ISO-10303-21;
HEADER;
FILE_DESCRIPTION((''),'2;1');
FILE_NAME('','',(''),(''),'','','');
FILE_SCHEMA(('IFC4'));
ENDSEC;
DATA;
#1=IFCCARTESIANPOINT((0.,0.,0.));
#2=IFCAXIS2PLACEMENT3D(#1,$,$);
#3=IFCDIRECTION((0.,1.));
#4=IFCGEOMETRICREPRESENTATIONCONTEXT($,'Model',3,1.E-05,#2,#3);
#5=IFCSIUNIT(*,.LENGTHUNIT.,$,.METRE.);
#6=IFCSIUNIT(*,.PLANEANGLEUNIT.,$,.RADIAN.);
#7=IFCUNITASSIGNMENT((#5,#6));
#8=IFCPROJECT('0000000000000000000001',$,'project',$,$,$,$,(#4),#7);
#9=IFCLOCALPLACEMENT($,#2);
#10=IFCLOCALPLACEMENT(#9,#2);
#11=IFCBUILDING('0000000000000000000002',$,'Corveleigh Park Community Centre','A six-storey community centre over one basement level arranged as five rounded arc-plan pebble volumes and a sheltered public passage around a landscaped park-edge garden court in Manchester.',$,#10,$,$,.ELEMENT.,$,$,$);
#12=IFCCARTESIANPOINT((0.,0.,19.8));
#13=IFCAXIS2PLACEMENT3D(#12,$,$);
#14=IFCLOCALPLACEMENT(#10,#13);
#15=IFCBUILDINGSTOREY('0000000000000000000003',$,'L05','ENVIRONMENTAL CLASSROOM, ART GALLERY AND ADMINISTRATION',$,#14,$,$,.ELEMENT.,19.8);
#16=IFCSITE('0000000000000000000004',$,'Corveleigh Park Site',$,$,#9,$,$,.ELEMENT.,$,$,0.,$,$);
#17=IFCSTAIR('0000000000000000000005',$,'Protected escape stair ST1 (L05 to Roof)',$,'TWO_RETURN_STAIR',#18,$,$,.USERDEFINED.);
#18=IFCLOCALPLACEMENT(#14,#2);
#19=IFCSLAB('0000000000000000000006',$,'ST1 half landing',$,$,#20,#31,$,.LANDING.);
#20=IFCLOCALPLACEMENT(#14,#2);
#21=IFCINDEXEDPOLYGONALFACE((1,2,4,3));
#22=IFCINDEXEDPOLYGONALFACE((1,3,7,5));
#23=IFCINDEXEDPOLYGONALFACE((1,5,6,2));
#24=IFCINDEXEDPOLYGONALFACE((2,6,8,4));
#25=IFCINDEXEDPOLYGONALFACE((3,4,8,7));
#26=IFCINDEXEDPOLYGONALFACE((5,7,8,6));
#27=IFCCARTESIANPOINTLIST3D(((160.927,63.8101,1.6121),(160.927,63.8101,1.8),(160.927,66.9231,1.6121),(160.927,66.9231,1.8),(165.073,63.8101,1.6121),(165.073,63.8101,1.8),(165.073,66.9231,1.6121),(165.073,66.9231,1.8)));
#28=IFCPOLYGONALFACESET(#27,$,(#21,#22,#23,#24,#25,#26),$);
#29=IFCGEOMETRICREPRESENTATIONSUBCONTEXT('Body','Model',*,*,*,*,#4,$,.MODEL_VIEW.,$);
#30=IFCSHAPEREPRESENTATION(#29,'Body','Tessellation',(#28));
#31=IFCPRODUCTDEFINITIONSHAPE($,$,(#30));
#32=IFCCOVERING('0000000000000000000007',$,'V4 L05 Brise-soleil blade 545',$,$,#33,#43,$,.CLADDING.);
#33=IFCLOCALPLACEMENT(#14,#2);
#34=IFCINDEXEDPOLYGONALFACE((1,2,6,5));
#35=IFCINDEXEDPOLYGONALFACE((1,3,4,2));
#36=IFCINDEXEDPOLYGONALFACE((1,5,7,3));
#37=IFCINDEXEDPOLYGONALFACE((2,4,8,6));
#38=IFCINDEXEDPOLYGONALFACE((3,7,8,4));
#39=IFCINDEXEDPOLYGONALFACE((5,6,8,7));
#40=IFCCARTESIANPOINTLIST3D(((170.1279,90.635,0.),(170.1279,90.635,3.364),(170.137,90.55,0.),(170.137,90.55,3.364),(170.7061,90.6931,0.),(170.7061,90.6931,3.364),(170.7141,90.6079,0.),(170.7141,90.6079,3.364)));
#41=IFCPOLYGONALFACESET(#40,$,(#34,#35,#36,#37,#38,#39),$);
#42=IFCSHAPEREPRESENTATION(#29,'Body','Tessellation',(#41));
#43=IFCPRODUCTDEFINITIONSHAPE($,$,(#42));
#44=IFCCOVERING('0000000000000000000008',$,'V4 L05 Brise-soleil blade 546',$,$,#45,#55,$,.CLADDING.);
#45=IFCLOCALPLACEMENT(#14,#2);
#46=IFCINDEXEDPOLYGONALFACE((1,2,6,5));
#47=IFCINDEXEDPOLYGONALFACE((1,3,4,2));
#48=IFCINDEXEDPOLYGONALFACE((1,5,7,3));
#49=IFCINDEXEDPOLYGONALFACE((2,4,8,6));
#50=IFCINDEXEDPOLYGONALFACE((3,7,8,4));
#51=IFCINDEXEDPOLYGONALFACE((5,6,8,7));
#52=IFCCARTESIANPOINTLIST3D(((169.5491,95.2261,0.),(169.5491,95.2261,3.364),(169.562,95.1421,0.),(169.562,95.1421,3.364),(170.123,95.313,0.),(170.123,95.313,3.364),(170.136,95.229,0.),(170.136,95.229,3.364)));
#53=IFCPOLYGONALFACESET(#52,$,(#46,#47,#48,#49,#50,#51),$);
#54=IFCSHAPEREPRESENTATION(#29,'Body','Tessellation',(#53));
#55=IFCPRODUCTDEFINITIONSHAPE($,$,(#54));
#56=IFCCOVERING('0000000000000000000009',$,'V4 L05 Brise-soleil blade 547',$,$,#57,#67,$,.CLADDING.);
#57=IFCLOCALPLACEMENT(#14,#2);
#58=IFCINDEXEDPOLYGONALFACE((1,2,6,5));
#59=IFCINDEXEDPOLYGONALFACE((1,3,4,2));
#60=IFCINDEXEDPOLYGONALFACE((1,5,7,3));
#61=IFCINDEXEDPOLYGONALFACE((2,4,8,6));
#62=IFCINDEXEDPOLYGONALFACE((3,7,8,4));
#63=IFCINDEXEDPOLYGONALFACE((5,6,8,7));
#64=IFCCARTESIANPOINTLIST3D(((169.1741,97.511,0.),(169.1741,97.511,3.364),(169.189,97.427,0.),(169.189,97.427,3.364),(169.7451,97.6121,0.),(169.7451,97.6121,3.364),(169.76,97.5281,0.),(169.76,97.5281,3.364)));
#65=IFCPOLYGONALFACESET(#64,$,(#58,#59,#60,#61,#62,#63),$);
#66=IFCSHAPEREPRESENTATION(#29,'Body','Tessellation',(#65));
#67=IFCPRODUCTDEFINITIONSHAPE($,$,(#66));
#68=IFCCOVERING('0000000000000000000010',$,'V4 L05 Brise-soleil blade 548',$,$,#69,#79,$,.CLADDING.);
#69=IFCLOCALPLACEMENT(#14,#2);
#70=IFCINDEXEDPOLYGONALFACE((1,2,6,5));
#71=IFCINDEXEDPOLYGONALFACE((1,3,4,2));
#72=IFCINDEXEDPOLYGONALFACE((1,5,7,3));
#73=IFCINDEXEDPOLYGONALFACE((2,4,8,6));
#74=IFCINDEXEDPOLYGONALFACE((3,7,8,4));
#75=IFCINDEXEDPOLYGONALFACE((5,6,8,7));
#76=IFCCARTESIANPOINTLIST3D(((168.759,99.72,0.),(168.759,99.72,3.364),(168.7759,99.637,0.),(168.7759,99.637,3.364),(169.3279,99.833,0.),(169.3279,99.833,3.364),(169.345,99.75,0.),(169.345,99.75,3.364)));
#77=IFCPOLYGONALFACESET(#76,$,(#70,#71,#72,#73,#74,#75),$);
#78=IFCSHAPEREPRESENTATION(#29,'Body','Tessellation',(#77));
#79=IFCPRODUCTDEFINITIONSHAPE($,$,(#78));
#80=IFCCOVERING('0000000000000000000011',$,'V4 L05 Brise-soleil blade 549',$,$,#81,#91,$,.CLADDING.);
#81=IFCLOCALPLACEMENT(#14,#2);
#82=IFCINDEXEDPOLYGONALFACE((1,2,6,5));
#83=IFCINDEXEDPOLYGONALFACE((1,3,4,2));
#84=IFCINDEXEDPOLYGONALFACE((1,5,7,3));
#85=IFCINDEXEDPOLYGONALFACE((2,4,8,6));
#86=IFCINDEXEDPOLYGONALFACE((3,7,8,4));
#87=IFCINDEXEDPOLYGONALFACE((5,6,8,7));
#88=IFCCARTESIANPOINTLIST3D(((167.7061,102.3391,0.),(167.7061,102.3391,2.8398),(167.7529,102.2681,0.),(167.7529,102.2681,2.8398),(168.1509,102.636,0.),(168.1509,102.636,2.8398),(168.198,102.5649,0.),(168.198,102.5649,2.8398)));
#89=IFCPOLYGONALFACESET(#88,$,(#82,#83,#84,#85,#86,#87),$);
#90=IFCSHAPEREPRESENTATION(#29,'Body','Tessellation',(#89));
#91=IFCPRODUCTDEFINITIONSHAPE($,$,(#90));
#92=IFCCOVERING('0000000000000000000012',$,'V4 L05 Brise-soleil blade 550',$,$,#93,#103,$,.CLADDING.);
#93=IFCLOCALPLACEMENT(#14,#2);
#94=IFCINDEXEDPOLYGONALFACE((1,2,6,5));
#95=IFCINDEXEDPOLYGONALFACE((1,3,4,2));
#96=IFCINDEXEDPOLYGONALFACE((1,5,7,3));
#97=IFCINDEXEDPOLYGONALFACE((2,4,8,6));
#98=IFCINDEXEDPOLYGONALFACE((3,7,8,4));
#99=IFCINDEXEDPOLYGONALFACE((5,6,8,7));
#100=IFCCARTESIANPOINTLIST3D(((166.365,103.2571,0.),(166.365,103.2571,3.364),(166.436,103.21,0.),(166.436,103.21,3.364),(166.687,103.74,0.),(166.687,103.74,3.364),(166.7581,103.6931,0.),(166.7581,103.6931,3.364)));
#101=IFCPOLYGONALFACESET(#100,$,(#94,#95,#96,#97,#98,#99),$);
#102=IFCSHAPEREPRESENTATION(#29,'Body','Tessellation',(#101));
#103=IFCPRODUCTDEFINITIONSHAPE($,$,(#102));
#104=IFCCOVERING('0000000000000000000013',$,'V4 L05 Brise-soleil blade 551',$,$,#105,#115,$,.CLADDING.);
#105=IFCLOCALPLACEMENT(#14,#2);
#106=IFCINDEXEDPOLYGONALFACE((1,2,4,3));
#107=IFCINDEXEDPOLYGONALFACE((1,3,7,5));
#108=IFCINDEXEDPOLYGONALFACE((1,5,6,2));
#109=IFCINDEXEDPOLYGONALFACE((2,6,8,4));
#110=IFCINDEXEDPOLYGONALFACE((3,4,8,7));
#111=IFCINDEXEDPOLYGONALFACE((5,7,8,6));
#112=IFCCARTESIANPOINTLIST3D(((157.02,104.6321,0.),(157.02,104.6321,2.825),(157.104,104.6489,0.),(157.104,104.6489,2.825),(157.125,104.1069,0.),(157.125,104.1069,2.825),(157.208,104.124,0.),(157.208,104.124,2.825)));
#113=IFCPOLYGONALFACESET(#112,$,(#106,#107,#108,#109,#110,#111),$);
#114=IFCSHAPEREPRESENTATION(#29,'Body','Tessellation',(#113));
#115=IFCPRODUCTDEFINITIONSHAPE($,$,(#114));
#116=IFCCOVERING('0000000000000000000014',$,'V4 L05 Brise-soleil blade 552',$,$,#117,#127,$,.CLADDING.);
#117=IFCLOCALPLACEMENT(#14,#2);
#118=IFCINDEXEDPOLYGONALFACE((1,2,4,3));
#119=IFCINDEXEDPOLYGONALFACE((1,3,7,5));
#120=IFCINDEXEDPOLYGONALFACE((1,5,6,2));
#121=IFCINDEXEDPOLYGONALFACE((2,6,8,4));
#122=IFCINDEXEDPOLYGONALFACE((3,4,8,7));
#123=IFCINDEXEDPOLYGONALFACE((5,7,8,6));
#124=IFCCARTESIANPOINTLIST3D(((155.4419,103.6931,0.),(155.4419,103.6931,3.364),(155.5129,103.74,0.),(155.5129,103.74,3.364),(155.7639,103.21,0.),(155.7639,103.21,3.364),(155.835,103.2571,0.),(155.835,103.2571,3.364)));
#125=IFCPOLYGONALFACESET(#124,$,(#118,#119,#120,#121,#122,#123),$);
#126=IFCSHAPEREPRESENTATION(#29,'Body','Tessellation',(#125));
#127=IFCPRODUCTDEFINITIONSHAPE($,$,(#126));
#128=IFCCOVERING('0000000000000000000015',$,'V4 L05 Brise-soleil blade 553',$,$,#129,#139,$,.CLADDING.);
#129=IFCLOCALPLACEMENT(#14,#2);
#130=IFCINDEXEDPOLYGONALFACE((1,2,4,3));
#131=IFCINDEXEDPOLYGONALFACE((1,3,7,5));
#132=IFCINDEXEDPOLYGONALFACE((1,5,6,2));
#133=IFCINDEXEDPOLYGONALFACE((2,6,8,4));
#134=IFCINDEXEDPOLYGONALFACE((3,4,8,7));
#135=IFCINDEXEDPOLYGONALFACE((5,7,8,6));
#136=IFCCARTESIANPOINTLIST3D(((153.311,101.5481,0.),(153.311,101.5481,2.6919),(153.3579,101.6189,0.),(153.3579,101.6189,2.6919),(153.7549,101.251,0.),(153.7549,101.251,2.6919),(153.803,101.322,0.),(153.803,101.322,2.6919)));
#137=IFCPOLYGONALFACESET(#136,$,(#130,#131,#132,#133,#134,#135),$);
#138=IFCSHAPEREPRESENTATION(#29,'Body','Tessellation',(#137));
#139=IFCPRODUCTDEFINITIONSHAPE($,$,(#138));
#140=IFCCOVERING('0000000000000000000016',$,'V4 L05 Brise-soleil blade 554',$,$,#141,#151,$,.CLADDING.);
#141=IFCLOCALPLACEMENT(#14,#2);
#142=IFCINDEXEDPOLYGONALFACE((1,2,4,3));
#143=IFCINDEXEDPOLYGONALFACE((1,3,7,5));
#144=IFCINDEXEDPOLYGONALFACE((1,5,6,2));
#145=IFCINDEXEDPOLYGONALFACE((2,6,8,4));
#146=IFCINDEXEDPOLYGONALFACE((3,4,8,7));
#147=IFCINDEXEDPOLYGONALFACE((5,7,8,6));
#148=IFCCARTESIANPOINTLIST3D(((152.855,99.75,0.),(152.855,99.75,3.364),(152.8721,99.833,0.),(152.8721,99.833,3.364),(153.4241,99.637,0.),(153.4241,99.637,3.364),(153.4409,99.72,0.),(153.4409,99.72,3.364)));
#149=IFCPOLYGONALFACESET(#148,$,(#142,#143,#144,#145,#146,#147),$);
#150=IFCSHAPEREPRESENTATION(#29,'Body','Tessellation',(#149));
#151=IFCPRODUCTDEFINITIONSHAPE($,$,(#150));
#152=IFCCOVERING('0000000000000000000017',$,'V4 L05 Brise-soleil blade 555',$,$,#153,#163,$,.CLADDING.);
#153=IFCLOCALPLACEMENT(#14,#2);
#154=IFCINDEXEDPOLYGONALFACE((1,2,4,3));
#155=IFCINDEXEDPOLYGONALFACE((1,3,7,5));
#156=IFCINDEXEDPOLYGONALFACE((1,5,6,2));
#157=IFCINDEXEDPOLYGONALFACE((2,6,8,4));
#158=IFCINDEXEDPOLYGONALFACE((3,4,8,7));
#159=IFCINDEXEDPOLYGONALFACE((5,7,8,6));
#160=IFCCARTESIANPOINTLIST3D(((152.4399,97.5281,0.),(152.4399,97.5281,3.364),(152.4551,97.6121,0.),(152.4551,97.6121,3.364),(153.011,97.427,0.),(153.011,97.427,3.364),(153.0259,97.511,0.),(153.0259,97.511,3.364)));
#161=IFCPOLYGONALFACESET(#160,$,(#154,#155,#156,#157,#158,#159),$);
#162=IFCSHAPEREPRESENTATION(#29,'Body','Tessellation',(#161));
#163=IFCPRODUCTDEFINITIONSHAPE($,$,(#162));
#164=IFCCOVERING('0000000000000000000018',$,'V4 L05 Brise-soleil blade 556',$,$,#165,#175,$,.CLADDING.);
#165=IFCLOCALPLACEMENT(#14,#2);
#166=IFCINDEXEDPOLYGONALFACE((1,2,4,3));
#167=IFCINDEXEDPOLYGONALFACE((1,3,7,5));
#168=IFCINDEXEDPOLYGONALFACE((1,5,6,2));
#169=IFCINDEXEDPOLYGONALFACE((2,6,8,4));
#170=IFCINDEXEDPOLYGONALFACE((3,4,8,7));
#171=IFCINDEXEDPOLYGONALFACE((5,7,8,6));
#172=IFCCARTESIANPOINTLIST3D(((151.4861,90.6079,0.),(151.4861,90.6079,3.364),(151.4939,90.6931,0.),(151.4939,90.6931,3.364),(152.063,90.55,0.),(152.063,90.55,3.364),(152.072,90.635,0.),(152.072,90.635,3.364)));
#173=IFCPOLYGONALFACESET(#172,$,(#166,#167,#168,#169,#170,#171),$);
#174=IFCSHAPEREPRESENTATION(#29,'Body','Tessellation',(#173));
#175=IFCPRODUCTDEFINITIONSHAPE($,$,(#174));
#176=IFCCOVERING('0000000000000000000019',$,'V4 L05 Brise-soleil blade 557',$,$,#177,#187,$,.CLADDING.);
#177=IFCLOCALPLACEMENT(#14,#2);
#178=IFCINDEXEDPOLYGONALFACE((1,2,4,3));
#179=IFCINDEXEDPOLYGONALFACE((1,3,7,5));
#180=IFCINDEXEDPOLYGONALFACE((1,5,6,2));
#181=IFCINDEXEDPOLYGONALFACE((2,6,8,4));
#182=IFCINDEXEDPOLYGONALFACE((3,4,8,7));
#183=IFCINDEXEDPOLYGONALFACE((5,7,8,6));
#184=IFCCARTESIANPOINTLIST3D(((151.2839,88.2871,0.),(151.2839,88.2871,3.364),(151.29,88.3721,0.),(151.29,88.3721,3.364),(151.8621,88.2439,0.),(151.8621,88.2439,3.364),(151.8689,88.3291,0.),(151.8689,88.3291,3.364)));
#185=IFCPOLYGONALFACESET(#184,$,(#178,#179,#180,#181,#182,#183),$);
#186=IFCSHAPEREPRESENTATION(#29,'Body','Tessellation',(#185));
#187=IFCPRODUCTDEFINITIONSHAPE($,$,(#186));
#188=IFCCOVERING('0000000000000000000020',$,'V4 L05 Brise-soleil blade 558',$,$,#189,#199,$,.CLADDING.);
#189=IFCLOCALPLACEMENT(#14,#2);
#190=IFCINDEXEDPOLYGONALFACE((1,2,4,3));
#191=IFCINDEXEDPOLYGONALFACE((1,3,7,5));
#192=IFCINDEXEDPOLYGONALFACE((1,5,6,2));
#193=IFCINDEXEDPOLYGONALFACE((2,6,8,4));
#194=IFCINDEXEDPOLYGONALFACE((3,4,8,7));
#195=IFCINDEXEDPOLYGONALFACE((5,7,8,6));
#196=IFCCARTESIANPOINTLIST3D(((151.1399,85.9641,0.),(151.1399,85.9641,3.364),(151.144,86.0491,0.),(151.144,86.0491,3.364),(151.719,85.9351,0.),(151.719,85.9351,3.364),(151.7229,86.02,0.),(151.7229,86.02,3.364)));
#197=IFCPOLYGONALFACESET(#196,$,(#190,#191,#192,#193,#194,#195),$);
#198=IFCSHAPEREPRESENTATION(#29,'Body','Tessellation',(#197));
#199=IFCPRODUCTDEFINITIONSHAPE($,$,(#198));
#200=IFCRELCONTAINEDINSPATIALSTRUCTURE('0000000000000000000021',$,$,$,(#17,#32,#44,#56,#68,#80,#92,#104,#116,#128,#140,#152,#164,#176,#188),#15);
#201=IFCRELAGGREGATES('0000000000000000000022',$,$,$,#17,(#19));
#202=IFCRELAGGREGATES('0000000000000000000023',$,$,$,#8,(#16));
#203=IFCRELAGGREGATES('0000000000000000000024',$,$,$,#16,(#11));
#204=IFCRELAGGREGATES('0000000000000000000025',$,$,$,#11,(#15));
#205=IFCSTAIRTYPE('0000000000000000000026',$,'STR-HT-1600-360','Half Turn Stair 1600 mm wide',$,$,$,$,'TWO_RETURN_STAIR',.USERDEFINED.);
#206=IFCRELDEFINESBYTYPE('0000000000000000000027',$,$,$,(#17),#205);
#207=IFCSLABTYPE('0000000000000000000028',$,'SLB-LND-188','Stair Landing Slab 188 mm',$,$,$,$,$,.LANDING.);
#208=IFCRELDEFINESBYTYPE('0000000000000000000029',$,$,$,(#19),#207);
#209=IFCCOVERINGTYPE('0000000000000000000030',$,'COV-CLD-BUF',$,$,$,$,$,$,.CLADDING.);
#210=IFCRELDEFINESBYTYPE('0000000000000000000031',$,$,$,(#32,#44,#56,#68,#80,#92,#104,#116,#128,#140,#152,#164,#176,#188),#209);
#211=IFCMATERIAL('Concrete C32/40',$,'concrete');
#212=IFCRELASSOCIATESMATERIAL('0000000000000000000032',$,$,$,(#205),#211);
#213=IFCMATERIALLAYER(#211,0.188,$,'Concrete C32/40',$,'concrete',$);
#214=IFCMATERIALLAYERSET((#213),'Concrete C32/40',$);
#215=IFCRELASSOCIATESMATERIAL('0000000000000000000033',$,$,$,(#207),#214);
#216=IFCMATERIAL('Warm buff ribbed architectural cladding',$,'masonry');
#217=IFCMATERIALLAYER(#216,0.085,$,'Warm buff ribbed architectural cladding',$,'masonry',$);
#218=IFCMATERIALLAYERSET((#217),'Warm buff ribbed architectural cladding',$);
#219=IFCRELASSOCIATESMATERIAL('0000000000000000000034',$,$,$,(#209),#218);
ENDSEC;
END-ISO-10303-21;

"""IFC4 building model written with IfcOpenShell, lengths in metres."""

from ifc_helpers import new_model, si_unit, direction, frame, origin, place, context, subcontext, project, spatial, polyline, outline, extrude, material, layer, layer_set, type_object, element, aggregate, save


model = new_model("IFC4")

# Units and contexts
model_context = context("Model", 3, precision=1e-05, world=origin(), true_north=direction((0.0, 1.0)))
body_context = subcontext(model_context, "Body", "Model", "MODEL_VIEW")
ifc_project = project(units=[si_unit("LENGTHUNIT", "METRE"), si_unit("PLANEANGLEUNIT", "RADIAN")], contexts=[model_context])

# Site, building, storey
site_placement = place(None, origin())
site = spatial("IfcSite", under=ifc_project, at=site_placement, Name="Corveleigh Park Site", CompositionType="ELEMENT", RefElevation=0.0)
building_placement = place(site_placement, origin())
building = spatial("IfcBuilding", under=site, at=building_placement, Name="Corveleigh Park Community Centre", Description="A six-storey community centre over one basement level arranged as five rounded arc-plan pebble volumes and a sheltered public passage around a landscaped park-edge garden court in Manchester.", CompositionType="ELEMENT")
storey_placement = place(building_placement, frame((0.0, 0.0, 19.8)))
storey = spatial("IfcBuildingStorey", under=building, at=storey_placement, Name="L05", Description="ENVIRONMENTAL CLASSROOM, ART GALLERY AND ADMINISTRATION", CompositionType="ELEMENT", Elevation=19.8)

# Stair, slab
ifc_material_1 = material(Name="Concrete C32/40", Category="concrete")
stair_type = type_object("IfcStairType", Name="STR-HT-1600-360", Description="Half Turn Stair 1600 mm wide", ElementType="TWO_RETURN_STAIR", PredefinedType="USERDEFINED", material=ifc_material_1)
stair_placement = place(storey_placement, origin())
stair = element("IfcStair", 1, at=stair_placement, inside=storey, type_object=stair_type, Name="Protected escape stair ST1 (L05 to Roof)", ObjectType="TWO_RETURN_STAIR", PredefinedType="USERDEFINED")
ifc_layer_1 = layer(ifc_material_1, 0.188, Name="Concrete C32/40", Category="concrete")
ifc_layer_set_1 = layer_set([ifc_layer_1], Name="Concrete C32/40")
slab_type = type_object("IfcSlabType", Name="SLB-LND-188", Description="Stair Landing Slab 188 mm", PredefinedType="LANDING", material=ifc_layer_set_1)
slab_placement = place(storey_placement, frame((0.0, 0.0, 1.6121)))
slab = element("IfcSlab", 2, at=slab_placement, type_object=slab_type, Name="ST1 half landing", PredefinedType="LANDING", context=body_context, shape_type="SweptSolid", body=[
    extrude(outline(polyline([(160.927, 63.8101), (165.073, 63.8101), (165.073, 66.9231), (160.927, 66.9231), (160.927, 63.8101)])), origin(), (0.0, 0.0, 1.0), 0.188),
])
aggregate(stair, [slab])

# Coverings
ifc_material_2 = material(Name="Warm buff ribbed architectural cladding", Category="masonry")
ifc_layer_2 = layer(ifc_material_2, 0.085, Name="Warm buff ribbed architectural cladding", Category="masonry")
ifc_layer_set_2 = layer_set([ifc_layer_2], Name="Warm buff ribbed architectural cladding")
covering_type_1 = type_object("IfcCoveringType", Name="COV-CLD-BUF", PredefinedType="CLADDING", material=ifc_layer_set_2)
covering_1_placement = place(storey_placement, origin())
element("IfcCovering", 3, at=covering_1_placement, inside=storey, type_object=covering_type_1, Name="V4 L05 Brise-soleil blade 545", PredefinedType="CLADDING", context=body_context, shape_type="SweptSolid", body=[
    extrude(outline(polyline([(170.1279, 90.635), (170.137, 90.55), (170.7141, 90.6079), (170.7061, 90.6931), (170.1279, 90.635)])), origin(), (0.0, 0.0, 1.0), 3.364),
])
covering_2_placement = place(storey_placement, origin())
element("IfcCovering", 4, at=covering_2_placement, inside=storey, type_object=covering_type_1, Name="V4 L05 Brise-soleil blade 546", PredefinedType="CLADDING", context=body_context, shape_type="SweptSolid", body=[
    extrude(outline(polyline([(169.5491, 95.2261), (169.562, 95.1421), (170.136, 95.229), (170.123, 95.313), (169.5491, 95.2261)])), origin(), (0.0, 0.0, 1.0), 3.364),
])
covering_3_placement = place(storey_placement, origin())
element("IfcCovering", 5, at=covering_3_placement, inside=storey, type_object=covering_type_1, Name="V4 L05 Brise-soleil blade 547", PredefinedType="CLADDING", context=body_context, shape_type="SweptSolid", body=[
    extrude(outline(polyline([(169.1741, 97.511), (169.189, 97.427), (169.76, 97.5281), (169.7451, 97.6121), (169.1741, 97.511)])), origin(), (0.0, 0.0, 1.0), 3.364),
])
covering_4_placement = place(storey_placement, origin())
element("IfcCovering", 6, at=covering_4_placement, inside=storey, type_object=covering_type_1, Name="V4 L05 Brise-soleil blade 548", PredefinedType="CLADDING", context=body_context, shape_type="SweptSolid", body=[
    extrude(outline(polyline([(168.759, 99.72), (168.7759, 99.637), (169.345, 99.75), (169.3279, 99.833), (168.759, 99.72)])), origin(), (0.0, 0.0, 1.0), 3.364),
])
covering_5_placement = place(storey_placement, origin())
element("IfcCovering", 7, at=covering_5_placement, inside=storey, type_object=covering_type_1, Name="V4 L05 Brise-soleil blade 549", PredefinedType="CLADDING", context=body_context, shape_type="SweptSolid", body=[
    extrude(outline(polyline([(167.7061, 102.3391), (167.7529, 102.2681), (168.198, 102.5649), (168.1509, 102.636), (167.7061, 102.3391)])), origin(), (0.0, 0.0, 1.0), 2.8398),
])
covering_6_placement = place(storey_placement, origin())
element("IfcCovering", 8, at=covering_6_placement, inside=storey, type_object=covering_type_1, Name="V4 L05 Brise-soleil blade 550", PredefinedType="CLADDING", context=body_context, shape_type="SweptSolid", body=[
    extrude(outline(polyline([(166.365, 103.2571), (166.436, 103.21), (166.7581, 103.6931), (166.687, 103.74), (166.365, 103.2571)])), origin(), (0.0, 0.0, 1.0), 3.364),
])
covering_7_placement = place(storey_placement, origin())
element("IfcCovering", 9, at=covering_7_placement, inside=storey, type_object=covering_type_1, Name="V4 L05 Brise-soleil blade 551", PredefinedType="CLADDING", context=body_context, shape_type="SweptSolid", body=[
    extrude(outline(polyline([(157.125, 104.1069), (157.208, 104.124), (157.104, 104.6489), (157.02, 104.6321), (157.125, 104.1069)])), origin(), (0.0, 0.0, 1.0), 2.825),
])
covering_8_placement = place(storey_placement, origin())
element("IfcCovering", 10, at=covering_8_placement, inside=storey, type_object=covering_type_1, Name="V4 L05 Brise-soleil blade 552", PredefinedType="CLADDING", context=body_context, shape_type="SweptSolid", body=[
    extrude(outline(polyline([(155.7639, 103.21), (155.835, 103.2571), (155.5129, 103.74), (155.4419, 103.6931), (155.7639, 103.21)])), origin(), (0.0, 0.0, 1.0), 3.364),
])
covering_9_placement = place(storey_placement, origin())
element("IfcCovering", 11, at=covering_9_placement, inside=storey, type_object=covering_type_1, Name="V4 L05 Brise-soleil blade 553", PredefinedType="CLADDING", context=body_context, shape_type="SweptSolid", body=[
    extrude(outline(polyline([(153.7549, 101.251), (153.803, 101.322), (153.3579, 101.6189), (153.311, 101.5481), (153.7549, 101.251)])), origin(), (0.0, 0.0, 1.0), 2.6919),
])
covering_10_placement = place(storey_placement, origin())
element("IfcCovering", 12, at=covering_10_placement, inside=storey, type_object=covering_type_1, Name="V4 L05 Brise-soleil blade 554", PredefinedType="CLADDING", context=body_context, shape_type="SweptSolid", body=[
    extrude(outline(polyline([(153.4241, 99.637), (153.4409, 99.72), (152.8721, 99.833), (152.855, 99.75), (153.4241, 99.637)])), origin(), (0.0, 0.0, 1.0), 3.364),
])
covering_11_placement = place(storey_placement, origin())
element("IfcCovering", 13, at=covering_11_placement, inside=storey, type_object=covering_type_1, Name="V4 L05 Brise-soleil blade 555", PredefinedType="CLADDING", context=body_context, shape_type="SweptSolid", body=[
    extrude(outline(polyline([(153.011, 97.427), (153.0259, 97.511), (152.4551, 97.6121), (152.4399, 97.5281), (153.011, 97.427)])), origin(), (0.0, 0.0, 1.0), 3.364),
])
covering_12_placement = place(storey_placement, origin())
element("IfcCovering", 14, at=covering_12_placement, inside=storey, type_object=covering_type_1, Name="V4 L05 Brise-soleil blade 556", PredefinedType="CLADDING", context=body_context, shape_type="SweptSolid", body=[
    extrude(outline(polyline([(152.063, 90.55), (152.072, 90.635), (151.4939, 90.6931), (151.4861, 90.6079), (152.063, 90.55)])), origin(), (0.0, 0.0, 1.0), 3.364),
])
covering_13_placement = place(storey_placement, origin())
element("IfcCovering", 15, at=covering_13_placement, inside=storey, type_object=covering_type_1, Name="V4 L05 Brise-soleil blade 557", PredefinedType="CLADDING", context=body_context, shape_type="SweptSolid", body=[
    extrude(outline(polyline([(151.8621, 88.2439), (151.8689, 88.3291), (151.29, 88.3721), (151.2839, 88.2871), (151.8621, 88.2439)])), origin(), (0.0, 0.0, 1.0), 3.364),
])
covering_14_placement = place(storey_placement, origin())
element("IfcCovering", 16, at=covering_14_placement, inside=storey, type_object=covering_type_1, Name="V4 L05 Brise-soleil blade 558", PredefinedType="CLADDING", context=body_context, shape_type="SweptSolid", body=[
    extrude(outline(polyline([(151.719, 85.9351), (151.7229, 86.02), (151.144, 86.0491), (151.1399, 85.9641), (151.719, 85.9351)])), origin(), (0.0, 0.0, 1.0), 3.364),
])

save(model, "model.ifc")
